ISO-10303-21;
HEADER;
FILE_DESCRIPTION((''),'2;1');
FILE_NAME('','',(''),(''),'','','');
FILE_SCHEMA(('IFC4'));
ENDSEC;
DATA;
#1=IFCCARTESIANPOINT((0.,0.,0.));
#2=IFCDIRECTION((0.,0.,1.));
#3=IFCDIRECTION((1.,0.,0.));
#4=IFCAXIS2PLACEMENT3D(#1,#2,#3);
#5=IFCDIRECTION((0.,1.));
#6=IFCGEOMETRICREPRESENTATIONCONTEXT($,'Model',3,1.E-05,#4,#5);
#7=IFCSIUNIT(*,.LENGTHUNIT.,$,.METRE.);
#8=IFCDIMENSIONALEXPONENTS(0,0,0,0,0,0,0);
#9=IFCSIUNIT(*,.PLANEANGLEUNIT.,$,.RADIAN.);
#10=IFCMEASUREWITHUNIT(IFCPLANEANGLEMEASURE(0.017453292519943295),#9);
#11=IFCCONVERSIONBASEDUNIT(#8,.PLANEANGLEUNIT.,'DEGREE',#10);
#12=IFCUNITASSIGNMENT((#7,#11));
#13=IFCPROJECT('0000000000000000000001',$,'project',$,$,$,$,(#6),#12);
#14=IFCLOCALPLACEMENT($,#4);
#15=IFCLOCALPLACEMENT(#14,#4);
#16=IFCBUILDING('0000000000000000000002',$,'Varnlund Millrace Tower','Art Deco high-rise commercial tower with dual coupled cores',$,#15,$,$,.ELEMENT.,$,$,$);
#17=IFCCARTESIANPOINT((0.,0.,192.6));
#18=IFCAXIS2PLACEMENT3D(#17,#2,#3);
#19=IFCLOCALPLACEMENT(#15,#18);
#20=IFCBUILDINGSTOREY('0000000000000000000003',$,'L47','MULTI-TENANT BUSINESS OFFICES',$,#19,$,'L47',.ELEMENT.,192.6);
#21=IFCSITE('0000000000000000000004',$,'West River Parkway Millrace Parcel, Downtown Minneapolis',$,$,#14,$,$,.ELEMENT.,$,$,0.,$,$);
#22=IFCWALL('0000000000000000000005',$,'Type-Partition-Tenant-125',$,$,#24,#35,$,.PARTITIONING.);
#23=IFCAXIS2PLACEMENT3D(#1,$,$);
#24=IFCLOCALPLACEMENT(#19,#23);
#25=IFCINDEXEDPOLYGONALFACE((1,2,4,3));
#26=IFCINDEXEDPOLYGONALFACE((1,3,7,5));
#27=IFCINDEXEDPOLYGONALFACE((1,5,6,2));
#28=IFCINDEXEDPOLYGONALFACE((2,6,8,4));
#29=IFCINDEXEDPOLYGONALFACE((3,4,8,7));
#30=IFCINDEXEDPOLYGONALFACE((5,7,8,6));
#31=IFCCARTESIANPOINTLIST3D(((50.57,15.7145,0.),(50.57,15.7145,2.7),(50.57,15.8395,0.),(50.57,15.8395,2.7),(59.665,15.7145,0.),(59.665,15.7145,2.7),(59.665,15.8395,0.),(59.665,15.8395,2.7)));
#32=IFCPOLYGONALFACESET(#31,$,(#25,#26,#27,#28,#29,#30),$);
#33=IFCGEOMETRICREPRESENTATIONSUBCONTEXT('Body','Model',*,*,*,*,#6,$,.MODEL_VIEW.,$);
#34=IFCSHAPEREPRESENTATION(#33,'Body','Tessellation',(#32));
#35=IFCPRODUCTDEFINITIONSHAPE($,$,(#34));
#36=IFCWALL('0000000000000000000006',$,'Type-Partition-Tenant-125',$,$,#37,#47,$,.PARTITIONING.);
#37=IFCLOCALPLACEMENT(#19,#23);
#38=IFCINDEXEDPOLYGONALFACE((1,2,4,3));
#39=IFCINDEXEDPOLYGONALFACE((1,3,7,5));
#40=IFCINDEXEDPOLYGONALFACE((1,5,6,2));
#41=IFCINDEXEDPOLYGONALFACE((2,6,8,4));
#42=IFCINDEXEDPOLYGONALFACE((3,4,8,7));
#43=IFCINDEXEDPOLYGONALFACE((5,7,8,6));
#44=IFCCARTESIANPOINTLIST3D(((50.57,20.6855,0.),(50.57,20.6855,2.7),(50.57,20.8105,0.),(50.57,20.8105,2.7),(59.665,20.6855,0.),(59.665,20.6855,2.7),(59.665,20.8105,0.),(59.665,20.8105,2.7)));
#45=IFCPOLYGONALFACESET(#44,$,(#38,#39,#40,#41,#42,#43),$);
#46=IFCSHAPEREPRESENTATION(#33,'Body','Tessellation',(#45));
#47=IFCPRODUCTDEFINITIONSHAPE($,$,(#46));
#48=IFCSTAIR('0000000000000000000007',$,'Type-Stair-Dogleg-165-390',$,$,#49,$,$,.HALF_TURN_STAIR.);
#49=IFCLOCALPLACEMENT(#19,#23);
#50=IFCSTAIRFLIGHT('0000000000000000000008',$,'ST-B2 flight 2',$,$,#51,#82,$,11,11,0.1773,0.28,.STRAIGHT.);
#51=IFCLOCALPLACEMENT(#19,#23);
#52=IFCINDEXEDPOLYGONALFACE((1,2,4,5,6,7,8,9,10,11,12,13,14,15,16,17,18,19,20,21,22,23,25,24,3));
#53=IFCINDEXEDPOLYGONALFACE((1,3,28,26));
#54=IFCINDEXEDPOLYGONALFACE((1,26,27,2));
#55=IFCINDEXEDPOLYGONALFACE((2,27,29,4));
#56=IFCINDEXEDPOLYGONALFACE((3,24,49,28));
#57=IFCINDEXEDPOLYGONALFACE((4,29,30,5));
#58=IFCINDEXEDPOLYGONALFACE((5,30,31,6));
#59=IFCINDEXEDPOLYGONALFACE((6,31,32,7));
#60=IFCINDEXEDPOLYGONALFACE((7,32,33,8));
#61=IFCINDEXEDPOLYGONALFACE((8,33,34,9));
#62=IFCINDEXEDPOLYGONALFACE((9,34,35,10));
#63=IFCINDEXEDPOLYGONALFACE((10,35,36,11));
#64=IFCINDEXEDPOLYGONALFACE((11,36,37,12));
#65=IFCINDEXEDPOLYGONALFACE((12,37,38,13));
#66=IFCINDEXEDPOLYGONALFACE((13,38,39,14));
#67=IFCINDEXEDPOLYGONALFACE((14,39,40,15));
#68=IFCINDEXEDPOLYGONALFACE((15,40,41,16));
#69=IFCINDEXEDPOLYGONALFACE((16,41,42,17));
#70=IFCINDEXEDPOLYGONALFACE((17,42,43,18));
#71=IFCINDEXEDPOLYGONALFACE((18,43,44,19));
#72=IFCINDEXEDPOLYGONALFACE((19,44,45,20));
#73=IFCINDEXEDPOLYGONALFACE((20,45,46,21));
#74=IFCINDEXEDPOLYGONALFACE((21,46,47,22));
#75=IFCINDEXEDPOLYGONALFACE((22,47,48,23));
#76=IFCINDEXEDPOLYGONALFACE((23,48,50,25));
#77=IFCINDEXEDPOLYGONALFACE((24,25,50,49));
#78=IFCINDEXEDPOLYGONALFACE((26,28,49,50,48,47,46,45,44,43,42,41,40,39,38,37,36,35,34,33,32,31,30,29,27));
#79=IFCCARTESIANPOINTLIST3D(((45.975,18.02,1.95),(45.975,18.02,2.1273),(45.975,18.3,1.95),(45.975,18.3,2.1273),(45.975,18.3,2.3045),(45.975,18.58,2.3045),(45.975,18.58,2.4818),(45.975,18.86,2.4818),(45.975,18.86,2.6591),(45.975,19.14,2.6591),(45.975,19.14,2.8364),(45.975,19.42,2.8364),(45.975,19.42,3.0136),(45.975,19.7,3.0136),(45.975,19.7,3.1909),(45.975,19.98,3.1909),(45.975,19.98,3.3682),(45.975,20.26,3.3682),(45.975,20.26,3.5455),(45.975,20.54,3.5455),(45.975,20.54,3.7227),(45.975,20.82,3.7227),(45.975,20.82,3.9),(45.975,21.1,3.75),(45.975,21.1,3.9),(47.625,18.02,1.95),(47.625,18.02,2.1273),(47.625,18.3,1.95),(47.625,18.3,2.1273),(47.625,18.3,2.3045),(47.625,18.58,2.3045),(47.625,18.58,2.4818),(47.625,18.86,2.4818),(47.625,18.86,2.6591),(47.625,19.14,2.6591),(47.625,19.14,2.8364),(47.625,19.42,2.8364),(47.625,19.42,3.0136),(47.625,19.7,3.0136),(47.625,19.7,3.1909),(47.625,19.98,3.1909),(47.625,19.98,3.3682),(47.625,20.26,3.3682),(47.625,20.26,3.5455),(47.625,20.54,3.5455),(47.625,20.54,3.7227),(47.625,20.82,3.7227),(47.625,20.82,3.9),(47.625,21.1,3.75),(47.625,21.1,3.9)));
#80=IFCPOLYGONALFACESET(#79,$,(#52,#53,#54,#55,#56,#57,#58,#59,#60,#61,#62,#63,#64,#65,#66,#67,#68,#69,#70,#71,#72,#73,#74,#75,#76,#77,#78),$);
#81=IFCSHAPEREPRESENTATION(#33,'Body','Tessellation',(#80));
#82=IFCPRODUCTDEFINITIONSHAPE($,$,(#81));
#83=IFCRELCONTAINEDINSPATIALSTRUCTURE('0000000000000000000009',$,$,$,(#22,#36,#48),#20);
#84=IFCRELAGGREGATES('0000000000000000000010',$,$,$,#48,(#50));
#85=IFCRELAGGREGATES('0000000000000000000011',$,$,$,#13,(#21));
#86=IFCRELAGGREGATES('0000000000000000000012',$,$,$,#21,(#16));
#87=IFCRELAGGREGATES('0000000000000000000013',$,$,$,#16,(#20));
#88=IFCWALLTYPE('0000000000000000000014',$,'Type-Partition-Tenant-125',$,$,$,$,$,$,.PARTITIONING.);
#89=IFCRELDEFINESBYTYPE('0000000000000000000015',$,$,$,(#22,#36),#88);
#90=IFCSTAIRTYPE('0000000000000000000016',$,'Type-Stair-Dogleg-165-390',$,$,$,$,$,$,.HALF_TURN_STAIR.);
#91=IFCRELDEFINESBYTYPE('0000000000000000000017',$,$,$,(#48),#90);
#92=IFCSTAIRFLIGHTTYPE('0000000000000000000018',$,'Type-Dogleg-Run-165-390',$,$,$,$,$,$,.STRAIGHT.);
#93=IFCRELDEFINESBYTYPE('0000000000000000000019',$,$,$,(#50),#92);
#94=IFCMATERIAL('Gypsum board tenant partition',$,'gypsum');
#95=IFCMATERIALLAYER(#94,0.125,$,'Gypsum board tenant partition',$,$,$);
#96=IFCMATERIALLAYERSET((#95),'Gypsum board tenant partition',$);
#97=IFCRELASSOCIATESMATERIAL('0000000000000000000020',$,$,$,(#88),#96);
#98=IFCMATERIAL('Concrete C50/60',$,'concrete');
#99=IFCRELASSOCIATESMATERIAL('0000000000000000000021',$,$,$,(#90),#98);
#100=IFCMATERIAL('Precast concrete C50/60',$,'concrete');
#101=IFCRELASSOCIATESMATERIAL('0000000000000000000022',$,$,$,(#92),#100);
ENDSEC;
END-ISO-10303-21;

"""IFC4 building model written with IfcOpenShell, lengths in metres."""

from ifc_helpers import new_model, entity, si_unit, converted_unit, direction, frame, origin_with_axes, place, context, subcontext, project, spatial, polyline, outline, extrude, material, layer, layer_set, type_object, element, aggregate, save


model = new_model("IFC4")

# Units and contexts
model_context = context("Model", 3, precision=1e-05, world=origin_with_axes(), true_north=direction((0.0, 1.0)))
body_context = subcontext(model_context, "Body", "Model", "MODEL_VIEW")
ifc_project = project(units=[si_unit("LENGTHUNIT", "METRE"), converted_unit("PLANEANGLEUNIT", "DEGREE", entity("IfcPlaneAngleMeasure", 0.017453292519943295), si_unit("PLANEANGLEUNIT", "RADIAN"), dimensions=[0, 0, 0, 0, 0, 0, 0])], contexts=[model_context])

# Site, building, storey
site_placement = place(None, origin_with_axes())
site = spatial("IfcSite", under=ifc_project, at=site_placement, Name="West River Parkway Millrace Parcel, Downtown Minneapolis", CompositionType="ELEMENT", RefElevation=0.0)
building_placement = place(site_placement, origin_with_axes())
building = spatial("IfcBuilding", under=site, at=building_placement, Name="Varnlund Millrace Tower", Description="Art Deco high-rise commercial tower with dual coupled cores", CompositionType="ELEMENT")
storey_placement = place(building_placement, frame((0.0, 0.0, 192.6), z_axis=(0.0, 0.0, 1.0), x_axis=(1.0, 0.0, 0.0)))
storey = spatial("IfcBuildingStorey", under=building, at=storey_placement, Name="L47", Description="MULTI-TENANT BUSINESS OFFICES", LongName="L47", CompositionType="ELEMENT", Elevation=192.6)

# Shared definitions
ifc_material_1 = material(Name="Precast concrete C50/60", Category="concrete")

# Walls
ifc_material_2 = material(Name="Gypsum board tenant partition", Category="gypsum")
ifc_layer_1 = layer(ifc_material_2, 0.125, Name="Gypsum board tenant partition")
ifc_layer_set_1 = layer_set([ifc_layer_1], Name="Gypsum board tenant partition")
wall_type_1 = type_object("IfcWallType", Name="Type-Partition-Tenant-125", PredefinedType="PARTITIONING", material=ifc_layer_set_1)
for number, where, z_axis, x_axis, name in (
    (1, (50.57, 15.777, 0.0), (0.0, 0.0, 1.0), (1.0, 0.0, 0.0), "Type-Partition-Tenant-125"),
    (2, (50.57, 20.748, 0.0), (0.0, 0.0, 1.0), (1.0, 0.0, 0.0), "Type-Partition-Tenant-125"),
):
    element("IfcWall", number, at=place(storey_placement, frame(where, z_axis=z_axis, x_axis=x_axis)), inside=storey, type_object=wall_type_1, Name=name, PredefinedType="PARTITIONING", context=body_context, shape_type="SweptSolid", body=[
        extrude(outline(polyline([(0.0, -0.0625), (9.095, -0.0625), (9.095, 0.0625), (0.0, 0.0625), (0.0, -0.0625)])), origin_with_axes(), (0.0, 0.0, 1.0), 2.7),
    ])

# Stair, stair flight
ifc_material_3 = material(Name="Concrete C50/60", Category="concrete")
stair_type = type_object("IfcStairType", Name="Type-Stair-Dogleg-165-390", PredefinedType="HALF_TURN_STAIR", material=ifc_material_3)
stair_placement = place(storey_placement, origin_with_axes())
stair = element("IfcStair", 3, at=stair_placement, inside=storey, type_object=stair_type, Name="Type-Stair-Dogleg-165-390", PredefinedType="HALF_TURN_STAIR")
stair_flight_type = type_object("IfcStairFlightType", Name="Type-Dogleg-Run-165-390", PredefinedType="STRAIGHT", material=ifc_material_1)
stair_flight_placement = place(storey_placement, frame((45.975, 18.02, 1.95), z_axis=(1.0, 0.0, 0.0), x_axis=(0.0, 1.0, 0.0)))
stair_flight = element("IfcStairFlight", 4, at=stair_flight_placement, type_object=stair_flight_type, Name="ST-B2 flight 2", NumberOfRisers=11, NumberOfTreads=11, PredefinedType="STRAIGHT", RiserHeight=0.1773, TreadLength=0.28, context=body_context, shape_type="SweptSolid", body=[
    extrude(outline(polyline([(0.0, 0.0), (0.0, 0.1773), (0.28, 0.1773), (0.28, 0.3545), (0.56, 0.3545), (0.56, 0.5318), (0.84, 0.5318), (0.84, 0.7091), (1.12, 0.7091), (1.12, 0.8864), (1.4, 0.8864), (1.4, 1.0636), (1.68, 1.0636), (1.68, 1.2409), (1.96, 1.2409), (1.96, 1.4182), (2.24, 1.4182), (2.24, 1.5955), (2.52, 1.5955), (2.52, 1.7727), (2.8, 1.7727), (2.8, 1.95), (3.08, 1.95), (3.08, 1.8), (0.28, 0.0), (0.0, 0.0)])), origin_with_axes(), (0.0, 0.0, 1.0), 1.65),
])
aggregate(stair, [stair_flight])

save(model, "model.ifc")
